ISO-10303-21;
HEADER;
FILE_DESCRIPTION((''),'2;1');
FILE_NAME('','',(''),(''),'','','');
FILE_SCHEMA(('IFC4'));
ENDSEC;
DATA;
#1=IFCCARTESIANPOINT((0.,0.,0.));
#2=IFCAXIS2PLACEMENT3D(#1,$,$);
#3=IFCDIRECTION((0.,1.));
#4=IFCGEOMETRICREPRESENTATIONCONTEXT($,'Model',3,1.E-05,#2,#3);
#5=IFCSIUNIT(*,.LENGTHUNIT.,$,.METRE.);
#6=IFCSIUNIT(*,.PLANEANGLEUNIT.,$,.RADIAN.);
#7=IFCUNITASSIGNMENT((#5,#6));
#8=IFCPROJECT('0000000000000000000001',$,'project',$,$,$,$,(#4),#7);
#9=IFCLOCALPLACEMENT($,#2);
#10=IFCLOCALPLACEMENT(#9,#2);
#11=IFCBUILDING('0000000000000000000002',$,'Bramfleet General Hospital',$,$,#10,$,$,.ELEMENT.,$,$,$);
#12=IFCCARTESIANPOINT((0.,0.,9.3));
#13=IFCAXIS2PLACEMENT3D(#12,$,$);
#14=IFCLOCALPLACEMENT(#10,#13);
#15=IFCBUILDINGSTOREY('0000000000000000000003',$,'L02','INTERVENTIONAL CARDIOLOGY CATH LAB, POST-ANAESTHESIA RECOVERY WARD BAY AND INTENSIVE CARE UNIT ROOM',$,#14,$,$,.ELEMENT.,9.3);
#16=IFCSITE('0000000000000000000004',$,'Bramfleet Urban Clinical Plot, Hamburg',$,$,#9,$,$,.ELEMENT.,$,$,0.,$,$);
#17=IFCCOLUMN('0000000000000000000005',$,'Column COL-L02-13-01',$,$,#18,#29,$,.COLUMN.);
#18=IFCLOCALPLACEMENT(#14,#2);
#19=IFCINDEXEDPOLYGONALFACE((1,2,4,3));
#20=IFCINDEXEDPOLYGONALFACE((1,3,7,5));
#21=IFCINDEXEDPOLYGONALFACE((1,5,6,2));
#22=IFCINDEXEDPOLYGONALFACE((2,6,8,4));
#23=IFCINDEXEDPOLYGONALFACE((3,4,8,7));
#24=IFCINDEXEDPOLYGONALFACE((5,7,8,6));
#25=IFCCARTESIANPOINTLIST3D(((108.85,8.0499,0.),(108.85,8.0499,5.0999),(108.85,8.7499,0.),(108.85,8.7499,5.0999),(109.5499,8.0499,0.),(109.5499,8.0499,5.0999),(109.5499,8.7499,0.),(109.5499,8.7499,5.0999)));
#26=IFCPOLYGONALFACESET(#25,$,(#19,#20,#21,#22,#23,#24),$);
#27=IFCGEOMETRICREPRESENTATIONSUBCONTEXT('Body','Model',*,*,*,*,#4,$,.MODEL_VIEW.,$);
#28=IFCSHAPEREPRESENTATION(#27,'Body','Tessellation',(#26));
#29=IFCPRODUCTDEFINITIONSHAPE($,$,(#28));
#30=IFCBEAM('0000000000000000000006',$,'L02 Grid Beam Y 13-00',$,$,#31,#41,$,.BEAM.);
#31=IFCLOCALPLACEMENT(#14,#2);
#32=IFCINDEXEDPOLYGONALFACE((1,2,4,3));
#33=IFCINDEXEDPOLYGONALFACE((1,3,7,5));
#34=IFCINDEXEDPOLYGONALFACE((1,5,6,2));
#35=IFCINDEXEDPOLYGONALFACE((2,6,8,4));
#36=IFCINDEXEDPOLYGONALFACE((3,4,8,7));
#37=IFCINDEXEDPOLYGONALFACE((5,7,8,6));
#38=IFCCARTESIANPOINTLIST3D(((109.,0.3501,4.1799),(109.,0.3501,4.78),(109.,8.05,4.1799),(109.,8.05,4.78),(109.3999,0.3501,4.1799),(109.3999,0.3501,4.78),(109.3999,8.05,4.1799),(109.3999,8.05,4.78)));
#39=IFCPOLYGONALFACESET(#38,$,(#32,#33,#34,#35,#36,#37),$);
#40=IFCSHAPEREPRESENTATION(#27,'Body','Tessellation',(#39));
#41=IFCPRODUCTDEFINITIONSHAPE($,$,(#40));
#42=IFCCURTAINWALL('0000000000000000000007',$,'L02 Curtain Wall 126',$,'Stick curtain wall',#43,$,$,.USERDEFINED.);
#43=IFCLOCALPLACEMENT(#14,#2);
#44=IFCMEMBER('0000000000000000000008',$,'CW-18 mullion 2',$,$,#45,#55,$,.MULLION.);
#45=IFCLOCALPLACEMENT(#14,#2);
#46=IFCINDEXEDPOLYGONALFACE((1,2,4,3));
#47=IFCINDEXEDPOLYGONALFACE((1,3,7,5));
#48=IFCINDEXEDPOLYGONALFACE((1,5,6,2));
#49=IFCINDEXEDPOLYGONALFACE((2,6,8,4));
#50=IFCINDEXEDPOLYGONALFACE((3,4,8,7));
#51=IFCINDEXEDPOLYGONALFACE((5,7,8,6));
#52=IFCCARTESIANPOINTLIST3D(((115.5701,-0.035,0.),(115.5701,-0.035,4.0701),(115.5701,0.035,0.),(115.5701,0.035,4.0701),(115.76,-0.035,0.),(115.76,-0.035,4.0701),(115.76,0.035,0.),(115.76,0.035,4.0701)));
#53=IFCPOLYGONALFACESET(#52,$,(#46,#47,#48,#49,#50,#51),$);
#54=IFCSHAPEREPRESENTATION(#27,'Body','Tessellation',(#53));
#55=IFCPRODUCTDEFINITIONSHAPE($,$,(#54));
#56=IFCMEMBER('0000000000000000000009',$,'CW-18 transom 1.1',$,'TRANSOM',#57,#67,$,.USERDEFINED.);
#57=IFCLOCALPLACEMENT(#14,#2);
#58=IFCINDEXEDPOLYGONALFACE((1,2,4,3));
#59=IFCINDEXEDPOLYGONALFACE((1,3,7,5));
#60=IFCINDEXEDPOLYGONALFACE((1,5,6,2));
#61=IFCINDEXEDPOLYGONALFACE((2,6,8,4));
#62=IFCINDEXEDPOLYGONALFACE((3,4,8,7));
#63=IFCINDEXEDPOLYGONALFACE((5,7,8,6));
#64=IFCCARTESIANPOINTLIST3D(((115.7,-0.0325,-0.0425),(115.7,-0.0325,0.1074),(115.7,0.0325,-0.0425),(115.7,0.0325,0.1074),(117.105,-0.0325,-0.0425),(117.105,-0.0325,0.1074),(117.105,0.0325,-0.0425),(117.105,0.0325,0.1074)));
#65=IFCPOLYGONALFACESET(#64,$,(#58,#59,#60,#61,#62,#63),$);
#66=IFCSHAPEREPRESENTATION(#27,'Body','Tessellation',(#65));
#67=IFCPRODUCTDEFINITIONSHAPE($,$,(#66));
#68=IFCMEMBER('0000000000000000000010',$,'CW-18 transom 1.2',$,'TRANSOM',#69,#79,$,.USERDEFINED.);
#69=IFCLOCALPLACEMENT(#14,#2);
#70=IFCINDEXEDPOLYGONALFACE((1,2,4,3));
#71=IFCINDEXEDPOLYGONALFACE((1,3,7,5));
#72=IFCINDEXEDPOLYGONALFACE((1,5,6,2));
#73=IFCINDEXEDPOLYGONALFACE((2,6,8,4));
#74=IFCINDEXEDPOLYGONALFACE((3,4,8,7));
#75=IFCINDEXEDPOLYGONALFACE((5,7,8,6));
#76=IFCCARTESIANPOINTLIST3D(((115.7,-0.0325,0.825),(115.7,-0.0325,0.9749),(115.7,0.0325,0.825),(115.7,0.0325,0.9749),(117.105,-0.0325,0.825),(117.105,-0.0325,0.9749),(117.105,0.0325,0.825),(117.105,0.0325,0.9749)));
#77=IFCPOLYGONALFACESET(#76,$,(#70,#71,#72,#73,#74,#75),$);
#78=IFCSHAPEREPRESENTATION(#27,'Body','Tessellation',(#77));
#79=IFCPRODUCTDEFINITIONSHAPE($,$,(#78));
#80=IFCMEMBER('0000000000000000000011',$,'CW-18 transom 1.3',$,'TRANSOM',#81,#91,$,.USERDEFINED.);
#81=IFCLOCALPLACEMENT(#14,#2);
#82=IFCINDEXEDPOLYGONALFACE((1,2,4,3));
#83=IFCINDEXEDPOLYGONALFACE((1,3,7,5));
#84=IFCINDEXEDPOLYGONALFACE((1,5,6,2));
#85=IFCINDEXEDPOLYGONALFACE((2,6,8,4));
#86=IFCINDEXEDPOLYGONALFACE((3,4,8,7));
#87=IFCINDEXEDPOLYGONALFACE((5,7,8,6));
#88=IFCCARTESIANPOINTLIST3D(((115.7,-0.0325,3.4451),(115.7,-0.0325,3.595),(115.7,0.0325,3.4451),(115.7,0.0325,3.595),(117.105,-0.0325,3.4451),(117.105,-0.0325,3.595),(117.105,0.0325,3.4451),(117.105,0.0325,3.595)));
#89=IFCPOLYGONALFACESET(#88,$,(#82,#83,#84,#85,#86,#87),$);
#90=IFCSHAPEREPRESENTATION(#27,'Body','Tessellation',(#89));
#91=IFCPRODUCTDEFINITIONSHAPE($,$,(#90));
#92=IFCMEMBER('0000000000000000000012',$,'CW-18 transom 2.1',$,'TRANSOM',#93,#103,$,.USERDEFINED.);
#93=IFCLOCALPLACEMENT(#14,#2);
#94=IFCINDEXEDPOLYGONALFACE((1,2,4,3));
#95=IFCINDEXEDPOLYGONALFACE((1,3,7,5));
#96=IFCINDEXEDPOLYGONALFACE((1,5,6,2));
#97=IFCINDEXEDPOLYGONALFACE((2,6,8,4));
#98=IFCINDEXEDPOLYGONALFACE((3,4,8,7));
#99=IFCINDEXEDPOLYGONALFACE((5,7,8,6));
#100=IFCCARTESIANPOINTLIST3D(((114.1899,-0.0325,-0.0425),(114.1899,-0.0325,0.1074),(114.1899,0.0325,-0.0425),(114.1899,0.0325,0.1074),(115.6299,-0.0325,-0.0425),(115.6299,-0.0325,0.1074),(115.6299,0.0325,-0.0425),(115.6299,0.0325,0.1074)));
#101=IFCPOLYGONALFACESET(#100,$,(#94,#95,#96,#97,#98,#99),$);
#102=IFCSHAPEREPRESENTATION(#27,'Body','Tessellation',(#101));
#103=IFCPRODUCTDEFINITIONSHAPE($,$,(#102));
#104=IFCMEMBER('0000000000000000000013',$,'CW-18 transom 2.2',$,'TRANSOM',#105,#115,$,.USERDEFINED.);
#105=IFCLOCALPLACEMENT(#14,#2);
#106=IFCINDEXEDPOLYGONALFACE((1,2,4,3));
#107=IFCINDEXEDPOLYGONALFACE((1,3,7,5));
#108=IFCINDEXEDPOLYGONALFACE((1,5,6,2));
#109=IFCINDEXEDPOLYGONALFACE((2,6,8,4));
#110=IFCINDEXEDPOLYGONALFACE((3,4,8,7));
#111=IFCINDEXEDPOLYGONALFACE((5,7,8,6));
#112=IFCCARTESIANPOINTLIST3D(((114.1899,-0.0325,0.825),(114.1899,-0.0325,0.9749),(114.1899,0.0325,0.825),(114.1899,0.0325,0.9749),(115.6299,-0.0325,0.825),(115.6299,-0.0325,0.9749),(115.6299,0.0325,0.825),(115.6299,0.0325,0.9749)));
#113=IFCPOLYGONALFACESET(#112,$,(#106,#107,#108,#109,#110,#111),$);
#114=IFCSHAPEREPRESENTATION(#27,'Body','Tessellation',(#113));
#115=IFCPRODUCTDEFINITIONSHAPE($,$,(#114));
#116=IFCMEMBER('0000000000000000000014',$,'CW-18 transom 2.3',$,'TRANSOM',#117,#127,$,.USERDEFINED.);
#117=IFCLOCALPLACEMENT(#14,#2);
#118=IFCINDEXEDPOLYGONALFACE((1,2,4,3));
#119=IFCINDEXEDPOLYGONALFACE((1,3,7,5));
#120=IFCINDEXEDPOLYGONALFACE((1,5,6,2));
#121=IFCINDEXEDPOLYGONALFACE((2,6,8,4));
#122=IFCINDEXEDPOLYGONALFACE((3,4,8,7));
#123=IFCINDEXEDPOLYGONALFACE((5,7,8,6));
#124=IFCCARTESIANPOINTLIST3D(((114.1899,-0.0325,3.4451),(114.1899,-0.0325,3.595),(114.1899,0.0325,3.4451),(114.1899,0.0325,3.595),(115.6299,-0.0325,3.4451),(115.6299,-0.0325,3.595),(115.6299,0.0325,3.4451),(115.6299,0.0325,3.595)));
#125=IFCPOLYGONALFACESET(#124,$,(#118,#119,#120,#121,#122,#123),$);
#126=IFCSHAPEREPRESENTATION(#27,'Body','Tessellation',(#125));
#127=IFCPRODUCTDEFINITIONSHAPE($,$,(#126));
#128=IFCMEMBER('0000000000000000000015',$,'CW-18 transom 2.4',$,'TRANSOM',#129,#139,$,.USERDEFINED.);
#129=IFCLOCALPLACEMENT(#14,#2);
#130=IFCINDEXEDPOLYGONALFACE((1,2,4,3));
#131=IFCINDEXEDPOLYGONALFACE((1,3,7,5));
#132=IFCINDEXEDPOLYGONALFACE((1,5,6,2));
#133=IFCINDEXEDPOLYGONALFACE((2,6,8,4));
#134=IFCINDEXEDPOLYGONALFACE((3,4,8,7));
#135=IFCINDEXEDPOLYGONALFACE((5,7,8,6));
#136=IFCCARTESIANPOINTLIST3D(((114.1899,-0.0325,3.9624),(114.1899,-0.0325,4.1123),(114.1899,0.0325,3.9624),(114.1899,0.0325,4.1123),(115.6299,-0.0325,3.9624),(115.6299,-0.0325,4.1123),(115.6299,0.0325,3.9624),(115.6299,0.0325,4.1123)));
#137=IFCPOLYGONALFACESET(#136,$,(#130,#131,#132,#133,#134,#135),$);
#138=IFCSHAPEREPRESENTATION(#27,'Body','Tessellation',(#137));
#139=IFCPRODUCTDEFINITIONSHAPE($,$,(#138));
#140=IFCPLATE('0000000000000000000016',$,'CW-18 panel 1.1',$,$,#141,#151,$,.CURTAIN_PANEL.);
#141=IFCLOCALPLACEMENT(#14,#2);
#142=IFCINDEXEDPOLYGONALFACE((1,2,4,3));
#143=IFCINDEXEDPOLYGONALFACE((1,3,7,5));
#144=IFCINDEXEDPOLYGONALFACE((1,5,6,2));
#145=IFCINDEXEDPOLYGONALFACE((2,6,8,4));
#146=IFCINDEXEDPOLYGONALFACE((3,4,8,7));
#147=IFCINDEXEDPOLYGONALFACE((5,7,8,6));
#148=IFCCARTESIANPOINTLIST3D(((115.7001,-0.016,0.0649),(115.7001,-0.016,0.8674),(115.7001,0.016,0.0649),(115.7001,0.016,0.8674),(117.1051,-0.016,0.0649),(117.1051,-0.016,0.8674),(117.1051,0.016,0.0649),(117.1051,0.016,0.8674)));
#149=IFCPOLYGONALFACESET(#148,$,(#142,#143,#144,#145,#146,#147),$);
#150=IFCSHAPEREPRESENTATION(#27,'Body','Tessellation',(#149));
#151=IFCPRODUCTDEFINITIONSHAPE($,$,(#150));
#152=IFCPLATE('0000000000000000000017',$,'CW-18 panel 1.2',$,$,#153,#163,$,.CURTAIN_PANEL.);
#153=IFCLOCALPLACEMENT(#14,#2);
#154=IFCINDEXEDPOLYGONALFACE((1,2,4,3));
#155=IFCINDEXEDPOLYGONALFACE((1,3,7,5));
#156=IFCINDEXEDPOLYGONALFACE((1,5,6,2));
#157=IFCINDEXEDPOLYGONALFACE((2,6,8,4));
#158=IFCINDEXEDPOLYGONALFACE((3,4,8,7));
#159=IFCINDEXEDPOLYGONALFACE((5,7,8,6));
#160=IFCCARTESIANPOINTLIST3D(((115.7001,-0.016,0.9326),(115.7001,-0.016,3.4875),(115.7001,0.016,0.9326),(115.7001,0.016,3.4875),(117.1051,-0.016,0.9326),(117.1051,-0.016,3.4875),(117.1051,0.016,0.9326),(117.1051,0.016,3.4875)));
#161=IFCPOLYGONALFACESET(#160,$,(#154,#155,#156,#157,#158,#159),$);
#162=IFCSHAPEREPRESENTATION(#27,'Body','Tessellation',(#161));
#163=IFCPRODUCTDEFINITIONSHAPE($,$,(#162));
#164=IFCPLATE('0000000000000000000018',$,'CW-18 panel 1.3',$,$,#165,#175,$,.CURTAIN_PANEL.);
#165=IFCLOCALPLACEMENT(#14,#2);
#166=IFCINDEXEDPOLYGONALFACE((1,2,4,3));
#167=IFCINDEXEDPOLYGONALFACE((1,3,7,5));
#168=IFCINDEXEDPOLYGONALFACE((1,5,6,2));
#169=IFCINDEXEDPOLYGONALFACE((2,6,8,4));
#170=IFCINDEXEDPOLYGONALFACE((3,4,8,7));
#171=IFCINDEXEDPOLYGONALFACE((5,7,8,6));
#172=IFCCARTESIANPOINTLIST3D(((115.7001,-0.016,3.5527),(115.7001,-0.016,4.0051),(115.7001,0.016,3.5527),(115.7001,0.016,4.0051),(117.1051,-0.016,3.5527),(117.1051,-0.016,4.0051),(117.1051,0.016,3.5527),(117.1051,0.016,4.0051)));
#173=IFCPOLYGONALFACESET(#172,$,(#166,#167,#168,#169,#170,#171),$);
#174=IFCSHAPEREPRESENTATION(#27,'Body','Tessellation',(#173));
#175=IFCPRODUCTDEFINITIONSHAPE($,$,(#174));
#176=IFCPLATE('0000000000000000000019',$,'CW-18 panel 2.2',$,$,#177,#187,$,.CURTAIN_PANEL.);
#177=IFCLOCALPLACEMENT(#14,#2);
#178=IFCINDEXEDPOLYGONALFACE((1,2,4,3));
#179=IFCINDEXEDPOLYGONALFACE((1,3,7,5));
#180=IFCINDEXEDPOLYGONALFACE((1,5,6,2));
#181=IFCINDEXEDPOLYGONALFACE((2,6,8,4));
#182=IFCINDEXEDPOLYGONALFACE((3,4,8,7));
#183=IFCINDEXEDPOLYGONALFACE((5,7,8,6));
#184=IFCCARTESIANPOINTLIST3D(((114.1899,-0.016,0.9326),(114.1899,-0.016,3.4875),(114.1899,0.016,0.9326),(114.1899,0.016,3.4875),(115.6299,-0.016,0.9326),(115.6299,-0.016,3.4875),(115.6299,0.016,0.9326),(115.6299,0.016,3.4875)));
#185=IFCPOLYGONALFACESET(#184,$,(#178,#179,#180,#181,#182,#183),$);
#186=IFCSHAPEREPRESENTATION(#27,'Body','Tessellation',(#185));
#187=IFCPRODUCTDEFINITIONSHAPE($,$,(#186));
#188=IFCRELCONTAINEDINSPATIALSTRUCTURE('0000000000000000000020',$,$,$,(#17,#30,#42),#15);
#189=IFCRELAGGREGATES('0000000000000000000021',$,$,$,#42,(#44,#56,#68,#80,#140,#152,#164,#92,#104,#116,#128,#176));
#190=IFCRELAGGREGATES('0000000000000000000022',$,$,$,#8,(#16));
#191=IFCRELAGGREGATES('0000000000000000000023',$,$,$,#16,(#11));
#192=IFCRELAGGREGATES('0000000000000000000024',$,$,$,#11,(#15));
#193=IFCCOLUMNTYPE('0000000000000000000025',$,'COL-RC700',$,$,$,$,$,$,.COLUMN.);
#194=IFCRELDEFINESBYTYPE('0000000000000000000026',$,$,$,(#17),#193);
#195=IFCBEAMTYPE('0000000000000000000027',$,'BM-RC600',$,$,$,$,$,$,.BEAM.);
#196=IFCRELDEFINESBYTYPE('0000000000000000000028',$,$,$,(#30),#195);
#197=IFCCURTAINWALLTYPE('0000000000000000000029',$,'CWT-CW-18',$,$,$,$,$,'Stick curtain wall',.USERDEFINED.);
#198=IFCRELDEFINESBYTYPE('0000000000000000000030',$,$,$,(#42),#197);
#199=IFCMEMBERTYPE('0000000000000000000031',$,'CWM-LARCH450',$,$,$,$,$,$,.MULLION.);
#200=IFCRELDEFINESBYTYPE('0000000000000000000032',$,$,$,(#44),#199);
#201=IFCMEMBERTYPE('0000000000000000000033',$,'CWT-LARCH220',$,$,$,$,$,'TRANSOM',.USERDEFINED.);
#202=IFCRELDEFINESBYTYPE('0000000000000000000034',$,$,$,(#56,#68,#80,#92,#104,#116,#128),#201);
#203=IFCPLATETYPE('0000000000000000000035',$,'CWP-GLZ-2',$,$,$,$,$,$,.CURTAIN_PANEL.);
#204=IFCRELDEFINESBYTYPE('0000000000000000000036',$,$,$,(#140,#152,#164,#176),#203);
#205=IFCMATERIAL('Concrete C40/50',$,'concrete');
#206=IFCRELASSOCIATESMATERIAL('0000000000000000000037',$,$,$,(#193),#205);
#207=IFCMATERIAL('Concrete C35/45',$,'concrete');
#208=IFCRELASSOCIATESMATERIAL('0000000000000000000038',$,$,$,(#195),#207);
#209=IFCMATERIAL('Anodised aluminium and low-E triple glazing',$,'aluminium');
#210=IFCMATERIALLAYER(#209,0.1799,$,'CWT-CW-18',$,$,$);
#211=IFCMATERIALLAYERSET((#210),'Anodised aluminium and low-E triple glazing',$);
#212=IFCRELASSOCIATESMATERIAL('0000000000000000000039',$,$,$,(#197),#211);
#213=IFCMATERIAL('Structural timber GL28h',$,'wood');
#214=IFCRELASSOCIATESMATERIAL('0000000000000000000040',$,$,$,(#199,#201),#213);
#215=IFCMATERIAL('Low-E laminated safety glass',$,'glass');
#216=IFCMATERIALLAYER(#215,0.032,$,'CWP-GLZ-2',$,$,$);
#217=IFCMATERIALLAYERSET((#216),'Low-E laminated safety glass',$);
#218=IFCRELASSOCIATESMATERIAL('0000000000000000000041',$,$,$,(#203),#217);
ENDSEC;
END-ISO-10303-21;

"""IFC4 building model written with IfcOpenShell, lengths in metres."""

from ifc_helpers import new_model, si_unit, direction, frame, origin, origin_2d, place, context, subcontext, project, spatial, rectangle, extrude, material, layer, layer_set, material_profile, profile_set, type_object, element, aggregate, save


model = new_model("IFC4")

# Units and contexts
model_context = context("Model", 3, precision=1e-05, world=origin(), true_north=direction((0.0, 1.0)))
body_context = subcontext(model_context, "Body", "Model", "MODEL_VIEW")
ifc_project = project(units=[si_unit("LENGTHUNIT", "METRE"), si_unit("PLANEANGLEUNIT", "RADIAN")], contexts=[model_context])

# Site, building, storey
site_placement = place(None, origin())
site = spatial("IfcSite", under=ifc_project, at=site_placement, Name="Bramfleet Urban Clinical Plot, Hamburg", CompositionType="ELEMENT", RefElevation=0.0)
building_placement = place(site_placement, origin())
building = spatial("IfcBuilding", under=site, at=building_placement, Name="Bramfleet General Hospital", CompositionType="ELEMENT")
storey_placement = place(building_placement, frame((0.0, 0.0, 9.3)))
storey = spatial("IfcBuildingStorey", under=building, at=storey_placement, Name="L02", Description="INTERVENTIONAL CARDIOLOGY CATH LAB, POST-ANAESTHESIA RECOVERY WARD BAY AND INTENSIVE CARE UNIT ROOM", CompositionType="ELEMENT", Elevation=9.3)

# Column
ifc_material_1 = material(Name="Concrete C40/50", Category="concrete")
ifc_material_profile_1 = material_profile(ifc_material_1, rectangle(XDim=0.7, YDim=0.7, at=origin_2d()), Name="RC COL 700x700")
ifc_profile_set_1 = profile_set([ifc_material_profile_1], Name="Concrete C40/50")
column_type = type_object("IfcColumnType", Name="COL-RC700", PredefinedType="COLUMN", material=ifc_profile_set_1)
column_placement = place(storey_placement, frame((109.2, 8.3999, 0.0), z_axis=(0.0, 0.0, 1.0), x_axis=(1.0, 0.0, 0.0)))
element("IfcColumn", 1, at=column_placement, inside=storey, type_object=column_type, Name="Column COL-L02-13-01", PredefinedType="COLUMN", context=body_context, shape_type="SweptSolid", body=[
    extrude(rectangle(XDim=0.7, YDim=0.7, at=origin_2d()), origin(), (0.0, 0.0, 1.0), 5.0999),
])

# Beam
ifc_material_2 = material(Name="Concrete C35/45", Category="concrete")
ifc_material_profile_2 = material_profile(ifc_material_2, rectangle(XDim=0.3999, YDim=0.6001, at=origin_2d()), Name="RC BM 600x400")
ifc_profile_set_2 = profile_set([ifc_material_profile_2], Name="Concrete C35/45")
beam_type = type_object("IfcBeamType", Name="BM-RC600", PredefinedType="BEAM", material=ifc_profile_set_2)
beam_placement = place(storey_placement, frame((109.2, 0.3501, 4.48), z_axis=(0.0, 1.0, 0.0), x_axis=(-1.0, 0.0, 0.0)))
element("IfcBeam", 2, at=beam_placement, inside=storey, type_object=beam_type, Name="L02 Grid Beam Y 13-00", PredefinedType="BEAM", context=body_context, shape_type="SweptSolid", body=[
    extrude(rectangle(XDim=0.3999, YDim=0.6001, at=origin_2d()), origin(), (0.0, 0.0, 1.0), 7.7),
])

# Curtain wall, members, plates
ifc_material_3 = material(Name="Anodised aluminium and low-E triple glazing", Category="aluminium")
ifc_layer_1 = layer(ifc_material_3, 0.1799, Name="CWT-CW-18")
ifc_layer_set_1 = layer_set([ifc_layer_1], Name="Anodised aluminium and low-E triple glazing")
curtain_wall_type = type_object("IfcCurtainWallType", Name="CWT-CW-18", ElementType="Stick curtain wall", PredefinedType="USERDEFINED", material=ifc_layer_set_1)
curtain_wall_placement = place(storey_placement, origin())
curtain_wall = element("IfcCurtainWall", 3, at=curtain_wall_placement, inside=storey, type_object=curtain_wall_type, Name="L02 Curtain Wall 126", ObjectType="Stick curtain wall", PredefinedType="USERDEFINED")
ifc_material_4 = material(Name="Structural timber GL28h", Category="wood")
ifc_material_profile_3 = material_profile(ifc_material_4, rectangle(XDim=0.0701, YDim=0.1899, at=origin_2d()), Name="LARCH 190x70")
ifc_profile_set_3 = profile_set([ifc_material_profile_3], Name="Structural timber GL28h")
member_type_1 = type_object("IfcMemberType", Name="CWM-LARCH450", PredefinedType="MULLION", material=ifc_profile_set_3)
member_1_placement = place(storey_placement, frame((115.665, 0.0, 0.0), z_axis=(0.0, 0.0, 1.0), x_axis=(0.0, -1.0, 0.0)))
member_1 = element("IfcMember", 4, at=member_1_placement, type_object=member_type_1, Name="CW-18 mullion 2", PredefinedType="MULLION", context=body_context, shape_type="SweptSolid", body=[
    extrude(rectangle(XDim=0.0701, YDim=0.1899, at=origin_2d()), origin(), (0.0, 0.0, 1.0), 4.0701),
])
ifc_material_profile_4 = material_profile(ifc_material_4, rectangle(XDim=0.0649, YDim=0.1499, at=origin_2d()), Name="LARCH 150x65")
ifc_profile_set_4 = profile_set([ifc_material_profile_4], Name="Structural timber GL28h")
member_type_2 = type_object("IfcMemberType", Name="CWT-LARCH220", ElementType="TRANSOM", PredefinedType="USERDEFINED", material=ifc_profile_set_4)
member_2_placement = place(storey_placement, frame((117.105, 0.0, 0.0325), z_axis=(-1.0, 0.0, 0.0), x_axis=(0.0, -1.0, 0.0)))
member_2 = element("IfcMember", 5, at=member_2_placement, type_object=member_type_2, Name="CW-18 transom 1.1", ObjectType="TRANSOM", PredefinedType="USERDEFINED", context=body_context, shape_type="SweptSolid", body=[
    extrude(rectangle(XDim=0.0649, YDim=0.1499, at=origin_2d()), origin(), (0.0, 0.0, 1.0), 1.405),
])
member_3_placement = place(storey_placement, frame((117.105, 0.0, 0.8999), z_axis=(-1.0, 0.0, 0.0), x_axis=(0.0, -1.0, 0.0)))
member_3 = element("IfcMember", 6, at=member_3_placement, type_object=member_type_2, Name="CW-18 transom 1.2", ObjectType="TRANSOM", PredefinedType="USERDEFINED", context=body_context, shape_type="SweptSolid", body=[
    extrude(rectangle(XDim=0.0649, YDim=0.1499, at=origin_2d()), origin(), (0.0, 0.0, 1.0), 1.405),
])
member_4_placement = place(storey_placement, frame((117.105, 0.0, 3.52), z_axis=(-1.0, 0.0, 0.0), x_axis=(0.0, -1.0, 0.0)))
member_4 = element("IfcMember", 7, at=member_4_placement, type_object=member_type_2, Name="CW-18 transom 1.3", ObjectType="TRANSOM", PredefinedType="USERDEFINED", context=body_context, shape_type="SweptSolid", body=[
    extrude(rectangle(XDim=0.0649, YDim=0.1499, at=origin_2d()), origin(), (0.0, 0.0, 1.0), 1.405),
])
member_5_placement = place(storey_placement, frame((115.6299, 0.0, 0.0325), z_axis=(-1.0, 0.0, 0.0), x_axis=(0.0, -1.0, 0.0)))
member_5 = element("IfcMember", 8, at=member_5_placement, type_object=member_type_2, Name="CW-18 transom 2.1", ObjectType="TRANSOM", PredefinedType="USERDEFINED", context=body_context, shape_type="SweptSolid", body=[
    extrude(rectangle(XDim=0.0649, YDim=0.1499, at=origin_2d()), origin(), (0.0, 0.0, 1.0), 1.4399),
])
member_6_placement = place(storey_placement, frame((115.6299, 0.0, 0.8999), z_axis=(-1.0, 0.0, 0.0), x_axis=(0.0, -1.0, 0.0)))
member_6 = element("IfcMember", 9, at=member_6_placement, type_object=member_type_2, Name="CW-18 transom 2.2", ObjectType="TRANSOM", PredefinedType="USERDEFINED", context=body_context, shape_type="SweptSolid", body=[
    extrude(rectangle(XDim=0.0649, YDim=0.1499, at=origin_2d()), origin(), (0.0, 0.0, 1.0), 1.4399),
])
member_7_placement = place(storey_placement, frame((115.6299, 0.0, 3.52), z_axis=(-1.0, 0.0, 0.0), x_axis=(0.0, -1.0, 0.0)))
member_7 = element("IfcMember", 10, at=member_7_placement, type_object=member_type_2, Name="CW-18 transom 2.3", ObjectType="TRANSOM", PredefinedType="USERDEFINED", context=body_context, shape_type="SweptSolid", body=[
    extrude(rectangle(XDim=0.0649, YDim=0.1499, at=origin_2d()), origin(), (0.0, 0.0, 1.0), 1.4399),
])
member_8_placement = place(storey_placement, frame((115.6299, 0.0, 4.0374), z_axis=(-1.0, 0.0, 0.0), x_axis=(0.0, -1.0, 0.0)))
member_8 = element("IfcMember", 11, at=member_8_placement, type_object=member_type_2, Name="CW-18 transom 2.4", ObjectType="TRANSOM", PredefinedType="USERDEFINED", context=body_context, shape_type="SweptSolid", body=[
    extrude(rectangle(XDim=0.0649, YDim=0.1499, at=origin_2d()), origin(), (0.0, 0.0, 1.0), 1.4399),
])
ifc_material_5 = material(Name="Low-E laminated safety glass", Category="glass")
ifc_layer_2 = layer(ifc_material_5, 0.032, Name="CWP-GLZ-2")
ifc_layer_set_2 = layer_set([ifc_layer_2], Name="Low-E laminated safety glass")
plate_type = type_object("IfcPlateType", Name="CWP-GLZ-2", PredefinedType="CURTAIN_PANEL", material=ifc_layer_set_2)
plate_1_placement = place(storey_placement, frame((116.4026, 0.0, 0.0649), z_axis=(0.0, 0.0, 1.0), x_axis=(-1.0, 0.0, 0.0)))
plate_1 = element("IfcPlate", 12, at=plate_1_placement, type_object=plate_type, Name="CW-18 panel 1.1", PredefinedType="CURTAIN_PANEL", context=body_context, shape_type="SweptSolid", body=[
    extrude(rectangle(XDim=1.405, YDim=0.032, at=origin_2d()), origin(), (0.0, 0.0, 1.0), 0.8025),
])
plate_2_placement = place(storey_placement, frame((116.4026, 0.0, 0.9326), z_axis=(0.0, 0.0, 1.0), x_axis=(-1.0, 0.0, 0.0)))
plate_2 = element("IfcPlate", 13, at=plate_2_placement, type_object=plate_type, Name="CW-18 panel 1.2", PredefinedType="CURTAIN_PANEL", context=body_context, shape_type="SweptSolid", body=[
    extrude(rectangle(XDim=1.405, YDim=0.032, at=origin_2d()), origin(), (0.0, 0.0, 1.0), 2.5549),
])
plate_3_placement = place(storey_placement, frame((116.4026, 0.0, 3.5527), z_axis=(0.0, 0.0, 1.0), x_axis=(-1.0, 0.0, 0.0)))
plate_3 = element("IfcPlate", 14, at=plate_3_placement, type_object=plate_type, Name="CW-18 panel 1.3", PredefinedType="CURTAIN_PANEL", context=body_context, shape_type="SweptSolid", body=[
    extrude(rectangle(XDim=1.405, YDim=0.032, at=origin_2d()), origin(), (0.0, 0.0, 1.0), 0.4524),
])
plate_4_placement = place(storey_placement, frame((114.9099, 0.0, 0.9326), z_axis=(0.0, 0.0, 1.0), x_axis=(-1.0, 0.0, 0.0)))
plate_4 = element("IfcPlate", 15, at=plate_4_placement, type_object=plate_type, Name="CW-18 panel 2.2", PredefinedType="CURTAIN_PANEL", context=body_context, shape_type="SweptSolid", body=[
    extrude(rectangle(XDim=1.4399, YDim=0.032, at=origin_2d()), origin(), (0.0, 0.0, 1.0), 2.5549),
])
aggregate(curtain_wall, [member_1, member_2, member_3, member_4, plate_1, plate_2, plate_3, member_5, member_6, member_7, member_8, plate_4])

save(model, "model.ifc")
